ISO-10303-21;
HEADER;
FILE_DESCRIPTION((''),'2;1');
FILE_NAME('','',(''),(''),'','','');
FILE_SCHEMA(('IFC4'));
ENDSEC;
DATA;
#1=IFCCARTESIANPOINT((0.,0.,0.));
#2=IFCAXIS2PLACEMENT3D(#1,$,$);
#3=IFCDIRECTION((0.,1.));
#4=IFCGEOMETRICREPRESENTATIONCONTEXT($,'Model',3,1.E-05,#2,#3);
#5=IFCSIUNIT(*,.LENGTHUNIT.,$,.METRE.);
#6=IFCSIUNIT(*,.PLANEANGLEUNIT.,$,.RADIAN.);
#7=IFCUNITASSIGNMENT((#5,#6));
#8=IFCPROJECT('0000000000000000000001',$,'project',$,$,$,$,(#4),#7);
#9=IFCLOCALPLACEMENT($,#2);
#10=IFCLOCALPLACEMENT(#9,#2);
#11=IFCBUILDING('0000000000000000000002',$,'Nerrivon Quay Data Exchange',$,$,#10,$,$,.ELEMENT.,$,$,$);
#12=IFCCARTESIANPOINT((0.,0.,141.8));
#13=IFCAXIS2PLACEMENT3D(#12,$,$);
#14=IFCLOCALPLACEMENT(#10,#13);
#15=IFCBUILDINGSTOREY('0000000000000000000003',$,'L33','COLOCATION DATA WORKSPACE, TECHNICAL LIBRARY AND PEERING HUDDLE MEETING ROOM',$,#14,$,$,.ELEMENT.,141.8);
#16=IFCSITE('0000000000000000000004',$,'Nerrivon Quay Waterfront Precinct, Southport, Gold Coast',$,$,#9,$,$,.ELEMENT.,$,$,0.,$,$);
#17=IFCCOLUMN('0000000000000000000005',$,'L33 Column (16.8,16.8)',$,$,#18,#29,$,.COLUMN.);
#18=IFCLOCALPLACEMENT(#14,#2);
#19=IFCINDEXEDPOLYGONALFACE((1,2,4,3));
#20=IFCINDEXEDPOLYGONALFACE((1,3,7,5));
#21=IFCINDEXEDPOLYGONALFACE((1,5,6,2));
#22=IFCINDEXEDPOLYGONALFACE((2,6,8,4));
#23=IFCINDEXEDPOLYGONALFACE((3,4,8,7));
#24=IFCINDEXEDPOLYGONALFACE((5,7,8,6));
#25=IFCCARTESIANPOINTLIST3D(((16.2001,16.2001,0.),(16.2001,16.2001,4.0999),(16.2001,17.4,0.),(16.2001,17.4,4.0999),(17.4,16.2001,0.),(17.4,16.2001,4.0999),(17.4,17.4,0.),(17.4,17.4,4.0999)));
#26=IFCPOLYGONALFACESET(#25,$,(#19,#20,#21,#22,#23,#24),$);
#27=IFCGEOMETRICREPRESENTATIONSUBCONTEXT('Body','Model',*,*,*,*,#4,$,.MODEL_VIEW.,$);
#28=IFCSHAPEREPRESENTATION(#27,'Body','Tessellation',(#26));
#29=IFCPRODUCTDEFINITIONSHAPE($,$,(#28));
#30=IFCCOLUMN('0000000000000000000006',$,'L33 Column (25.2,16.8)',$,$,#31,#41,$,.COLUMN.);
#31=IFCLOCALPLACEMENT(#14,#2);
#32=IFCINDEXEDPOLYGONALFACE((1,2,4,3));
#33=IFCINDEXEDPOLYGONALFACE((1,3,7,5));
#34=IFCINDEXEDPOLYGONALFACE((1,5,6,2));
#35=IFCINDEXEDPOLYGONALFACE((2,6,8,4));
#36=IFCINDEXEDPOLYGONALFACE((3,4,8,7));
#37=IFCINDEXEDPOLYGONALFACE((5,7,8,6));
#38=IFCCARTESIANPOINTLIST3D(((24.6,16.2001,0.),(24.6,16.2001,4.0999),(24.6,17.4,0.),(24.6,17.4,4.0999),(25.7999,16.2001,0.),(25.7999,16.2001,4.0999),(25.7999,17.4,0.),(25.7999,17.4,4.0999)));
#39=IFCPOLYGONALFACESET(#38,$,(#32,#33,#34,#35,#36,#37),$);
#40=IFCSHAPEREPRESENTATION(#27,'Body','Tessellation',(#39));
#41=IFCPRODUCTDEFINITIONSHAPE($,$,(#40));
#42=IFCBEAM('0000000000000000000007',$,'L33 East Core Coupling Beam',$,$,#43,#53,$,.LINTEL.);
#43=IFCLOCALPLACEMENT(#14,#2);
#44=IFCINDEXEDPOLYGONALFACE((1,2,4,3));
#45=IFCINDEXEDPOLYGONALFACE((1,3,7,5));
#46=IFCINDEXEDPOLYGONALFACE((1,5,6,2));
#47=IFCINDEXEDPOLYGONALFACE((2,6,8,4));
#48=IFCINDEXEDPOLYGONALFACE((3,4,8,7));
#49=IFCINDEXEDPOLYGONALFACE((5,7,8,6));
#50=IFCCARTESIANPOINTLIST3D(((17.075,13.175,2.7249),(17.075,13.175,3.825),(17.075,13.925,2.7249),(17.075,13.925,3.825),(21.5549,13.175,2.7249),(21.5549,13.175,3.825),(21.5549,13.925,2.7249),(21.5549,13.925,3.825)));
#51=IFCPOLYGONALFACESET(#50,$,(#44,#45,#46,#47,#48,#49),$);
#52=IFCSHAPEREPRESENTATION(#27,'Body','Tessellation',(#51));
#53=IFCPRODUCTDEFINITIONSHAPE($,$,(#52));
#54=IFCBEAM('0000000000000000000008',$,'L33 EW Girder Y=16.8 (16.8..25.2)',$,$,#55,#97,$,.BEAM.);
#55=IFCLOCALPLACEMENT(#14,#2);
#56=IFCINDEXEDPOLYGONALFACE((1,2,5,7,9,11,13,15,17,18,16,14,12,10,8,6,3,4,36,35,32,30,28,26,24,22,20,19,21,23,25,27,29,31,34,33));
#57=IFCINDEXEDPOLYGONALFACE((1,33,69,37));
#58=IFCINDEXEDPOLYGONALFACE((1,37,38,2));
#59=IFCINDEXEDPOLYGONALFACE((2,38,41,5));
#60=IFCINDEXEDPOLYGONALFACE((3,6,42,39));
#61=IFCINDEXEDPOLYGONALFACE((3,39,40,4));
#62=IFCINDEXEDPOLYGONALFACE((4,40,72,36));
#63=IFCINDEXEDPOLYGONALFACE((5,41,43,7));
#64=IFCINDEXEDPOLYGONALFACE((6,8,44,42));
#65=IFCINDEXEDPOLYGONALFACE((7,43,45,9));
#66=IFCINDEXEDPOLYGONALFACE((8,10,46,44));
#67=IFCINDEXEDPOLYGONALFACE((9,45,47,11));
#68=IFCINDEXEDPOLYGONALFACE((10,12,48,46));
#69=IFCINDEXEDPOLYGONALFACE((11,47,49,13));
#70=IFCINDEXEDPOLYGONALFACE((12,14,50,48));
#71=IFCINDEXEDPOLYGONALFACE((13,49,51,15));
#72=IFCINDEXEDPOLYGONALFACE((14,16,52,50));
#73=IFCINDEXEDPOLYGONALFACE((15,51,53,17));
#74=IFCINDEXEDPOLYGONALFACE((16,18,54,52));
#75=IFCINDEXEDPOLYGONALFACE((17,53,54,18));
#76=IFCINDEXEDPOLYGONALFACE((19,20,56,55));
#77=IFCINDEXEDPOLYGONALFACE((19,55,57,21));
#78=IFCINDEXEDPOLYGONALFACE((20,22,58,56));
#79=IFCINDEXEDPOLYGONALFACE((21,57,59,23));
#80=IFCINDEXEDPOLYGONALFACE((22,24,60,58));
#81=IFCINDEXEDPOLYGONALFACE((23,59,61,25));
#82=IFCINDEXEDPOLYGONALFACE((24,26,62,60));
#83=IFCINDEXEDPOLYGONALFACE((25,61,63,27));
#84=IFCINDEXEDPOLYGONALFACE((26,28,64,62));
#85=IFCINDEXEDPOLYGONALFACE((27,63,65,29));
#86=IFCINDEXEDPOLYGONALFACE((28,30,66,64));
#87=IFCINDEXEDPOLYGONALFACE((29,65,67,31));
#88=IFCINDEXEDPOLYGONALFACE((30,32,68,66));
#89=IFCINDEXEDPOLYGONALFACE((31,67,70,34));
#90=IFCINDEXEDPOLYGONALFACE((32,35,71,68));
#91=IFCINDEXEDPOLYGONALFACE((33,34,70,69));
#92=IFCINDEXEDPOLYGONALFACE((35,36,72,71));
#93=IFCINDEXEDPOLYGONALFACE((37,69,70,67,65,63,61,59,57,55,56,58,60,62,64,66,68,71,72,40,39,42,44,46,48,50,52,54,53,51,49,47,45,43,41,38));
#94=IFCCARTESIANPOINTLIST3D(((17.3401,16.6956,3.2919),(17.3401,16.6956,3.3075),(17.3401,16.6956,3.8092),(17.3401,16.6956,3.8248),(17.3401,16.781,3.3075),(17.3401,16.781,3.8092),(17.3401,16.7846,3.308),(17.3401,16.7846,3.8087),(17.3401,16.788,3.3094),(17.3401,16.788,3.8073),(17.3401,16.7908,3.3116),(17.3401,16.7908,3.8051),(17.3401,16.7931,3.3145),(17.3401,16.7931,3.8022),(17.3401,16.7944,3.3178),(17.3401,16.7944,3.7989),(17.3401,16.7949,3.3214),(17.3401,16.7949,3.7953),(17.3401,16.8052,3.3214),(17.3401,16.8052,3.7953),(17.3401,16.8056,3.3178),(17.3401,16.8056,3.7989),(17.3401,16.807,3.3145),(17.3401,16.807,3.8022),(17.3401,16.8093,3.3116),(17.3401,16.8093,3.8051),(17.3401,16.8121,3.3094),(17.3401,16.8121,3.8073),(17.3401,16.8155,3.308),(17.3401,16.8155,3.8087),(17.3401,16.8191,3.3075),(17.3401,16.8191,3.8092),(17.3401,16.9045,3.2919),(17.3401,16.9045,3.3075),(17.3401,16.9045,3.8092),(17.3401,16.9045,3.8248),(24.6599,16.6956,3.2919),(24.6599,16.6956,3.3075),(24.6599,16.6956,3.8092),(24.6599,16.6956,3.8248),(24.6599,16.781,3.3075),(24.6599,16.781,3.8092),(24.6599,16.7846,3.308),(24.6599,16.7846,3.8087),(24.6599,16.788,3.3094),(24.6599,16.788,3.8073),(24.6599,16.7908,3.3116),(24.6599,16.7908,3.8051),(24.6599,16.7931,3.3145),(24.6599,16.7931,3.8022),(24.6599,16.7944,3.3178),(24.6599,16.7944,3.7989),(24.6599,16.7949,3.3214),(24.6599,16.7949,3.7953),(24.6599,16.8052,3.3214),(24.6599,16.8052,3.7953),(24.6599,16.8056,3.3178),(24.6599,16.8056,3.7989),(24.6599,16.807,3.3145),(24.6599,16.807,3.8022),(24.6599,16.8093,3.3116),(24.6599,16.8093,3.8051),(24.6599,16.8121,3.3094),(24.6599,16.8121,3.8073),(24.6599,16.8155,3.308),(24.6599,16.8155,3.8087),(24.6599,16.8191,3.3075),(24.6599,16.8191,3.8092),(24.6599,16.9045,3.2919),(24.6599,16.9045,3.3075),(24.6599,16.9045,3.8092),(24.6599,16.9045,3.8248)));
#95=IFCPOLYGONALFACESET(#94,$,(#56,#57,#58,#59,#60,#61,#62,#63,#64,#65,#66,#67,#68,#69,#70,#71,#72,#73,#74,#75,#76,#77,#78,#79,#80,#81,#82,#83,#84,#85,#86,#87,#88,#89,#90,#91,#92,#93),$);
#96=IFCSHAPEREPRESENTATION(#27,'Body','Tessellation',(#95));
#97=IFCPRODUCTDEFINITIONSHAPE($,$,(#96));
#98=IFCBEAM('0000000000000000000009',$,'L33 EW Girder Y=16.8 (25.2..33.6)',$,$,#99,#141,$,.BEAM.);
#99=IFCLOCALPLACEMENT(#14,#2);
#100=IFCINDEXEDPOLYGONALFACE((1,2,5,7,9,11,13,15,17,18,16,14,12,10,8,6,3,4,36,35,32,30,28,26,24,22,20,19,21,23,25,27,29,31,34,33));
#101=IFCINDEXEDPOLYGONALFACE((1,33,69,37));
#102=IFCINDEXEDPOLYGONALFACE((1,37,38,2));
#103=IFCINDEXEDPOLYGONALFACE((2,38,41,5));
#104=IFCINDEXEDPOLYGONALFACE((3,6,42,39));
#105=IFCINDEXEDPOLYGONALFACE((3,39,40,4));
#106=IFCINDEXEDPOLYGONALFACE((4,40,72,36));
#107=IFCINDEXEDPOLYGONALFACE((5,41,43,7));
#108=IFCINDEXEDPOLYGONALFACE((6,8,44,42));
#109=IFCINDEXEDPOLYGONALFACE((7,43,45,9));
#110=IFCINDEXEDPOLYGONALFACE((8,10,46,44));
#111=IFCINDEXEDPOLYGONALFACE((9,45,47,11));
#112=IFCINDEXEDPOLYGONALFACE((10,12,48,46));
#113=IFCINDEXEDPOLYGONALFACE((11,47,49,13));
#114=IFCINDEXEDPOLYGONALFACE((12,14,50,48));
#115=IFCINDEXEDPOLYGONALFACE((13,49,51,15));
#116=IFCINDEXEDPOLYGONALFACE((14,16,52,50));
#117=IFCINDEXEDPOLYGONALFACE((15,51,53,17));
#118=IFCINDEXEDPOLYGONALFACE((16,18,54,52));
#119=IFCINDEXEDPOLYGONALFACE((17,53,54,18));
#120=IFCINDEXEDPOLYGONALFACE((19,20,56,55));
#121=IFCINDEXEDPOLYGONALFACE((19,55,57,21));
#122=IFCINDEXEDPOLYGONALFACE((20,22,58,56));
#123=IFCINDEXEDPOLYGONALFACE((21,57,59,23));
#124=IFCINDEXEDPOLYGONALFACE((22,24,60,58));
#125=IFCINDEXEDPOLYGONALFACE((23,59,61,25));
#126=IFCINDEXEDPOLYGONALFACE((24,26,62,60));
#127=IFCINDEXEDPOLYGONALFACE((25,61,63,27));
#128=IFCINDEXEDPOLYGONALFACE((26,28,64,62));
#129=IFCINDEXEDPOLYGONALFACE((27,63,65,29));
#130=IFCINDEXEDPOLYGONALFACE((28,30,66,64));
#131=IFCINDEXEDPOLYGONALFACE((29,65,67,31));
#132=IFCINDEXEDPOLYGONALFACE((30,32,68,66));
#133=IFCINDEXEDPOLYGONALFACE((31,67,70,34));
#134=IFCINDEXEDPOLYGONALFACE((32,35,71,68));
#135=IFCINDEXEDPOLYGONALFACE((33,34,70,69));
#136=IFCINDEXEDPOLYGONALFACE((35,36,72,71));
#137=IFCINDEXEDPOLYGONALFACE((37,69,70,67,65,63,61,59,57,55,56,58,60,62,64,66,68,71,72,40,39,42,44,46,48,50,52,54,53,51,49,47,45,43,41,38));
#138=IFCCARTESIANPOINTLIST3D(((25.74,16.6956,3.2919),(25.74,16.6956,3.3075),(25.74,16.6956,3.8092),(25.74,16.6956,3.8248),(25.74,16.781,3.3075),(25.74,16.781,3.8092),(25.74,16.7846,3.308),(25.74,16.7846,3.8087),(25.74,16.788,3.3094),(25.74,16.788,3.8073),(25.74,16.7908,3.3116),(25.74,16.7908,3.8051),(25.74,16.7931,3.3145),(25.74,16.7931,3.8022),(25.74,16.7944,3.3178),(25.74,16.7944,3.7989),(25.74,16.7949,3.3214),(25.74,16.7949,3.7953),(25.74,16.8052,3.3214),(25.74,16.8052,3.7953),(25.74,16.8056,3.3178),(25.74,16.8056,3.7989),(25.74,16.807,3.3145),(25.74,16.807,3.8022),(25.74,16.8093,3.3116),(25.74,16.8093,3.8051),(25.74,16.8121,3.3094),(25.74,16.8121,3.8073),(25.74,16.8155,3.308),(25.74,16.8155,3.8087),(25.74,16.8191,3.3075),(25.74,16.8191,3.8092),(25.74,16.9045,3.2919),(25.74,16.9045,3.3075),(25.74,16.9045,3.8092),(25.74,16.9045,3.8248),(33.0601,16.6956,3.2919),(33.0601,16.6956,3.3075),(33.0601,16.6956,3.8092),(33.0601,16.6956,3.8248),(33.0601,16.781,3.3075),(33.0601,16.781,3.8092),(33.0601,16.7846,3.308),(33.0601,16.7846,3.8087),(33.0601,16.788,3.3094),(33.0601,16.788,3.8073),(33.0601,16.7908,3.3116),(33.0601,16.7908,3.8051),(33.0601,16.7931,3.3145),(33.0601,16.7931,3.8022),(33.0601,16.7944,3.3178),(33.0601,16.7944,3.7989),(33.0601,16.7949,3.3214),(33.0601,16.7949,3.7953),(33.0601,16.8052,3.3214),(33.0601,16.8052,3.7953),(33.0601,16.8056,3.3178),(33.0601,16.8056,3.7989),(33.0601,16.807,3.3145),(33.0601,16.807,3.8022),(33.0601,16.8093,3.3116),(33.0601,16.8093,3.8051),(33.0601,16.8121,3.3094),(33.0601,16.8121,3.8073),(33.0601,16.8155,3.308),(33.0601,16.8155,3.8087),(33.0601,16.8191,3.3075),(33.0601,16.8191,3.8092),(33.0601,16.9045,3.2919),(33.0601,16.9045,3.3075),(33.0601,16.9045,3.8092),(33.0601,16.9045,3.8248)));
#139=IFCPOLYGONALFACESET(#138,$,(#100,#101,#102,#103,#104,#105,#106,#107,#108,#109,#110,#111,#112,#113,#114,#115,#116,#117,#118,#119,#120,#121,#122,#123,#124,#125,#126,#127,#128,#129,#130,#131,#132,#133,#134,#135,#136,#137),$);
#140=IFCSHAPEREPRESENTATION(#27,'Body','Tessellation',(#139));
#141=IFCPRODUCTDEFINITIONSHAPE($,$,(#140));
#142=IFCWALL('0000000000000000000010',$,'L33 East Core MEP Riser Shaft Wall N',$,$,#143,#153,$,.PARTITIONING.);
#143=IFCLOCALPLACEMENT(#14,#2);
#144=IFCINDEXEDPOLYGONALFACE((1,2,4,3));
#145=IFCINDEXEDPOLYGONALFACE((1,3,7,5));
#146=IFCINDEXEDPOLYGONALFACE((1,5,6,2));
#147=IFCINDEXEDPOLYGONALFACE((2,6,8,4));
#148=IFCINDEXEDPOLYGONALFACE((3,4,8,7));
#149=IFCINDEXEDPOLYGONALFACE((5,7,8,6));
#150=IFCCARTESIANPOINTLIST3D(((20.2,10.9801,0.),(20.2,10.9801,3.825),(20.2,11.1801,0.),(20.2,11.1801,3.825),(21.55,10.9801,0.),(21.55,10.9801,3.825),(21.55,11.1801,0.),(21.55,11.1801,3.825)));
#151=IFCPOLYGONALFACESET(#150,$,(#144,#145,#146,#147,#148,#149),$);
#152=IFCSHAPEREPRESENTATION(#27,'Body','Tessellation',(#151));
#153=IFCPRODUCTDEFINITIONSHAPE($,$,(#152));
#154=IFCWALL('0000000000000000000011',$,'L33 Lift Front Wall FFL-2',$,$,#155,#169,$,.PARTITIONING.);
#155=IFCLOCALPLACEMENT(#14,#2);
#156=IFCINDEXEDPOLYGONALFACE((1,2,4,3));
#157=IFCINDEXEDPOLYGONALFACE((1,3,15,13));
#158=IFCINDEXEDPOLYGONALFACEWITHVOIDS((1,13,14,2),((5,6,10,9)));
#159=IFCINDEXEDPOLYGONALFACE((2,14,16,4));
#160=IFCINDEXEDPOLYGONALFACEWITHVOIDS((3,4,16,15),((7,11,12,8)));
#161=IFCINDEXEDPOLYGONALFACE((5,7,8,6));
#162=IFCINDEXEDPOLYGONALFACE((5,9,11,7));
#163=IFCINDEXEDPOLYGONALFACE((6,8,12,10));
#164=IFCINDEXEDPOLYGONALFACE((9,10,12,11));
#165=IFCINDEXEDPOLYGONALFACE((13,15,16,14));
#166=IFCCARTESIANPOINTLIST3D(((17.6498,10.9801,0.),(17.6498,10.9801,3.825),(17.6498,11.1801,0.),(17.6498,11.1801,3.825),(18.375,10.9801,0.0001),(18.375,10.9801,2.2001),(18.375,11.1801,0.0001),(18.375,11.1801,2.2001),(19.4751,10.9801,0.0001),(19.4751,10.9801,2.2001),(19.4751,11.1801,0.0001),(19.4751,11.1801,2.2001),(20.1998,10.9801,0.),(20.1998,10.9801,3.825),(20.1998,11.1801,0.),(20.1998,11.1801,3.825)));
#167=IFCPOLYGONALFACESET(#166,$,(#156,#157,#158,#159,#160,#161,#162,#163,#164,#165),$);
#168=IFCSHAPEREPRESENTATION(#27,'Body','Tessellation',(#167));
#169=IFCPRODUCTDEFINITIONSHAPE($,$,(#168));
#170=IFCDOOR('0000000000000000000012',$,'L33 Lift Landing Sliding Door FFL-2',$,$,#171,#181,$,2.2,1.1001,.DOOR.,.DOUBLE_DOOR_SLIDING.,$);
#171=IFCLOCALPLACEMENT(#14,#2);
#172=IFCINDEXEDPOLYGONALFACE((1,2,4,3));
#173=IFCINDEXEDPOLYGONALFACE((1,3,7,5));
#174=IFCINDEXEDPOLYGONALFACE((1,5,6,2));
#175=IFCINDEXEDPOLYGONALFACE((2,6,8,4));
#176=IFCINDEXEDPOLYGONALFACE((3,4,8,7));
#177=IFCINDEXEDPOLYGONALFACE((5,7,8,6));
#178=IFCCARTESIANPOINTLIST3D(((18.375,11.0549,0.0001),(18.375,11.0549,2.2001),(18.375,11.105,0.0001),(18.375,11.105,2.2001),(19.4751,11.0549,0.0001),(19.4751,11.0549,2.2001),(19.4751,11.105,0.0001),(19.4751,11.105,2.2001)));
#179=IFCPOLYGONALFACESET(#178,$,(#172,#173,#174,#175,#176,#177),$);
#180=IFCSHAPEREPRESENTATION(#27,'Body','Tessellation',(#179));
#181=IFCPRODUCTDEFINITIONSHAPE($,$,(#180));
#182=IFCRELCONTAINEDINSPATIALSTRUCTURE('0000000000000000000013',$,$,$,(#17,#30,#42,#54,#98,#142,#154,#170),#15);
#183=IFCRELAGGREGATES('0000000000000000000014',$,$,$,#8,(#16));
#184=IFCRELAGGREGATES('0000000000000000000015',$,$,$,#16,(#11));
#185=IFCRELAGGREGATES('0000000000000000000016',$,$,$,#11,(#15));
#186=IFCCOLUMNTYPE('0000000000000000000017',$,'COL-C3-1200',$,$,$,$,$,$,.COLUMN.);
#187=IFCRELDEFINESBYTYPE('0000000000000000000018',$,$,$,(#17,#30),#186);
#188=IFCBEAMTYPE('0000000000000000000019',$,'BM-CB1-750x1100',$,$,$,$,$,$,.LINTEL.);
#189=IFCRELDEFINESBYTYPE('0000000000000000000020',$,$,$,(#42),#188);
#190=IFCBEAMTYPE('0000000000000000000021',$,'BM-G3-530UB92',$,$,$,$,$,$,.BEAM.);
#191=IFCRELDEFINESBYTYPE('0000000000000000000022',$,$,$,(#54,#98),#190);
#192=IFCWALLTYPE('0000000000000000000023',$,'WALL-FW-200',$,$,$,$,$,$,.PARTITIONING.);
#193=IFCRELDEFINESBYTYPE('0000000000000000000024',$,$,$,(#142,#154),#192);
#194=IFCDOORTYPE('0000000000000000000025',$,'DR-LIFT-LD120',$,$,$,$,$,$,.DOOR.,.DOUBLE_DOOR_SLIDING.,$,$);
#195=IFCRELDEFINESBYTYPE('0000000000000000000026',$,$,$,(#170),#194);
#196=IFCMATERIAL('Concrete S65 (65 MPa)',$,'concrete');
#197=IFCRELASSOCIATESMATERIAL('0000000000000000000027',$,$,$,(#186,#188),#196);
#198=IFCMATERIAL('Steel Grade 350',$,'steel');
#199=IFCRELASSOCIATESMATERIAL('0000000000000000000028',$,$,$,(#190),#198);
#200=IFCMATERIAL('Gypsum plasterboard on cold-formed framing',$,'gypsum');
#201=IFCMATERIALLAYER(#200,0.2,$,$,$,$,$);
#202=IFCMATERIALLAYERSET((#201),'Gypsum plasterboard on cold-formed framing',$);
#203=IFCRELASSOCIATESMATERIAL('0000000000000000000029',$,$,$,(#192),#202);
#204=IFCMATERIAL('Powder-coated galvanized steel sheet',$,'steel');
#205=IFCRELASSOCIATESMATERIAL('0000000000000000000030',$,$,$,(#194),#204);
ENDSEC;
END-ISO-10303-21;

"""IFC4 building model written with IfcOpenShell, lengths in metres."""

from ifc_helpers import new_model, si_unit, direction, frame, frame_2d, origin, origin_2d, place, context, subcontext, project, spatial, rectangle, i_section, extrude, material, layer, layer_set, material_profile, profile_set, type_object, element, fill, save


model = new_model("IFC4")

# Units and contexts
model_context = context("Model", 3, precision=1e-05, world=origin(), true_north=direction((0.0, 1.0)))
body_context = subcontext(model_context, "Body", "Model", "MODEL_VIEW")
ifc_project = project(units=[si_unit("LENGTHUNIT", "METRE"), si_unit("PLANEANGLEUNIT", "RADIAN")], contexts=[model_context])

# Site, building, storey
site_placement = place(None, origin())
site = spatial("IfcSite", under=ifc_project, at=site_placement, Name="Nerrivon Quay Waterfront Precinct, Southport, Gold Coast", CompositionType="ELEMENT", RefElevation=0.0)
building_placement = place(site_placement, origin())
building = spatial("IfcBuilding", under=site, at=building_placement, Name="Nerrivon Quay Data Exchange", CompositionType="ELEMENT")
storey_placement = place(building_placement, frame((0.0, 0.0, 141.8)))
storey = spatial("IfcBuildingStorey", under=building, at=storey_placement, Name="L33", Description="COLOCATION DATA WORKSPACE, TECHNICAL LIBRARY AND PEERING HUDDLE MEETING ROOM", CompositionType="ELEMENT", Elevation=141.8)

# Columns
ifc_material_1 = material(Name="Concrete S65 (65 MPa)", Category="concrete")
ifc_material_profile_1 = material_profile(ifc_material_1, rectangle(XDim=1.2, YDim=1.2, at=origin_2d()), Name="RC-COL-1200x1200")
ifc_profile_set_1 = profile_set([ifc_material_profile_1], Name="Concrete S65 (65 MPa)")
column_type = type_object("IfcColumnType", Name="COL-C3-1200", PredefinedType="COLUMN", material=ifc_profile_set_1)
for number, where, z_axis, x_axis, name in (
    (1, (16.8, 16.8, 0.0), (0.0, 0.0, 1.0), (1.0, 0.0, 0.0), "L33 Column (16.8,16.8)"),
    (2, (25.2, 16.8, 0.0), (0.0, 0.0, 1.0), (1.0, 0.0, 0.0), "L33 Column (25.2,16.8)"),
):
    element("IfcColumn", number, at=place(storey_placement, frame(where, z_axis=z_axis, x_axis=x_axis)), inside=storey, type_object=column_type, Name=name, PredefinedType="COLUMN", context=body_context, shape_type="SweptSolid", body=[
        extrude(rectangle(XDim=1.2, YDim=1.2, at=origin_2d()), origin(), (0.0, 0.0, 1.0), 4.0999),
    ])

# Beams
ifc_material_profile_2 = material_profile(ifc_material_1, rectangle(XDim=0.75, YDim=1.1001, at=origin_2d()), Name="RC-CB-750x1100")
ifc_profile_set_2 = profile_set([ifc_material_profile_2], Name="Concrete S65 (65 MPa)")
beam_type_1 = type_object("IfcBeamType", Name="BM-CB1-750x1100", PredefinedType="LINTEL", material=ifc_profile_set_2)
beam_1_placement = place(storey_placement, frame((17.075, 13.55, 3.2749), z_axis=(1.0, 0.0, 0.0), x_axis=(0.0, 1.0, 0.0)))
element("IfcBeam", 3, at=beam_1_placement, inside=storey, type_object=beam_type_1, Name="L33 East Core Coupling Beam", PredefinedType="LINTEL", context=body_context, shape_type="SweptSolid", body=[
    extrude(rectangle(XDim=0.75, YDim=1.1001, at=origin_2d()), origin(), (0.0, 0.0, 1.0), 4.48),
])
ifc_material_2 = material(Name="Steel Grade 350", Category="steel")
ifc_material_profile_3 = material_profile(ifc_material_2, i_section(OverallWidth=0.209, OverallDepth=0.533, WebThickness=0.0103, FlangeThickness=0.0156, FilletRadius=0.0139, at=origin_2d()), Name="530UB92.4")
ifc_profile_set_3 = profile_set([ifc_material_profile_3], Name="Steel Grade 350")
beam_type_2 = type_object("IfcBeamType", Name="BM-G3-530UB92", PredefinedType="BEAM", material=ifc_profile_set_3)
beam_2_placement = place(storey_placement, frame((17.3401, 16.8, 3.5583), z_axis=(1.0, 0.0, 0.0), x_axis=(0.0, 1.0, 0.0)))
element("IfcBeam", 4, at=beam_2_placement, inside=storey, type_object=beam_type_2, Name="L33 EW Girder Y=16.8 (16.8..25.2)", PredefinedType="BEAM", context=body_context, shape_type="SweptSolid", body=[
    extrude(i_section(OverallWidth=0.209, OverallDepth=0.533, WebThickness=0.0103, FlangeThickness=0.0156, FilletRadius=0.0139, at=origin_2d()), origin(), (0.0, 0.0, 1.0), 7.3198),
])
beam_3_placement = place(storey_placement, frame((25.74, 16.8, 3.5583), z_axis=(1.0, 0.0, 0.0), x_axis=(0.0, 1.0, 0.0)))
element("IfcBeam", 5, at=beam_3_placement, inside=storey, type_object=beam_type_2, Name="L33 EW Girder Y=16.8 (25.2..33.6)", PredefinedType="BEAM", context=body_context, shape_type="SweptSolid", body=[
    extrude(i_section(OverallWidth=0.209, OverallDepth=0.533, WebThickness=0.0103, FlangeThickness=0.0156, FilletRadius=0.0139, at=origin_2d()), origin(), (0.0, 0.0, 1.0), 7.3201),
])

# Wall
ifc_material_3 = material(Name="Gypsum plasterboard on cold-formed framing", Category="gypsum")
ifc_layer_1 = layer(ifc_material_3, 0.2)
ifc_layer_set_1 = layer_set([ifc_layer_1], Name="Gypsum plasterboard on cold-formed framing")
wall_type_1 = type_object("IfcWallType", Name="WALL-FW-200", PredefinedType="PARTITIONING", material=ifc_layer_set_1)
wall_1_placement = place(storey_placement, frame((20.2, 11.0801, 0.0), z_axis=(0.0, 0.0, 1.0), x_axis=(1.0, 0.0, 0.0)))
element("IfcWall", 6, at=wall_1_placement, inside=storey, type_object=wall_type_1, Name="L33 East Core MEP Riser Shaft Wall N", PredefinedType="PARTITIONING", context=body_context, shape_type="SweptSolid", body=[
    extrude(rectangle(XDim=1.3501, YDim=0.2, at=frame_2d((0.675, 0.0))), origin(), (0.0, 0.0, 1.0), 3.825),
])

# Wall, opening, door
wall_2_placement = place(storey_placement, frame((17.6499, 11.0801, 0.0), z_axis=(0.0, 0.0, 1.0), x_axis=(1.0, 0.0, 0.0)))
wall_2 = element("IfcWall", 7, at=wall_2_placement, inside=storey, type_object=wall_type_1, Name="L33 Lift Front Wall FFL-2", PredefinedType="PARTITIONING", context=body_context, shape_type="SweptSolid", body=[
    extrude(rectangle(XDim=2.55, YDim=0.2, at=frame_2d((1.2749, 0.0))), origin(), (0.0, 0.0, 1.0), 3.825),
])
opening_1_placement = place(wall_2_placement, frame((0.7251, 0.0, 0.0)))
opening_1 = element("IfcOpeningElement", 8, at=opening_1_placement, cuts=wall_2, PredefinedType="OPENING", context=body_context, shape_type="SweptSolid", body=[
    extrude(rectangle(XDim=1.1001, YDim=2.2, at=frame_2d((0.55, 1.1001))), frame((0.0, 0.1099, 0.0), z_axis=(0.0, -1.0, 0.0), x_axis=(1.0, 0.0, 0.0)), (0.0, 0.0, 1.0), 0.22),
])
ifc_material_4 = material(Name="Powder-coated galvanized steel sheet", Category="steel")
door_type_1 = type_object("IfcDoorType", Name="DR-LIFT-LD120", OperationType="DOUBLE_DOOR_SLIDING", PredefinedType="DOOR", material=ifc_material_4)
door_1_placement = place(opening_1_placement, origin())
door_1 = element("IfcDoor", 9, at=door_1_placement, inside=storey, type_object=door_type_1, Name="L33 Lift Landing Sliding Door FFL-2", OperationType="DOUBLE_DOOR_SLIDING", OverallHeight=2.2, OverallWidth=1.1001, PredefinedType="DOOR", context=body_context, shape_type="SweptSolid", body=[
    extrude(rectangle(XDim=1.1001, YDim=2.2, at=frame_2d((0.55, 1.1001))), frame((0.0, 0.0249, 0.0), z_axis=(0.0, -1.0, 0.0), x_axis=(1.0, 0.0, 0.0)), (0.0, 0.0, 1.0), 0.05),
])
fill(opening_1, door_1)

save(model, "model.ifc")
